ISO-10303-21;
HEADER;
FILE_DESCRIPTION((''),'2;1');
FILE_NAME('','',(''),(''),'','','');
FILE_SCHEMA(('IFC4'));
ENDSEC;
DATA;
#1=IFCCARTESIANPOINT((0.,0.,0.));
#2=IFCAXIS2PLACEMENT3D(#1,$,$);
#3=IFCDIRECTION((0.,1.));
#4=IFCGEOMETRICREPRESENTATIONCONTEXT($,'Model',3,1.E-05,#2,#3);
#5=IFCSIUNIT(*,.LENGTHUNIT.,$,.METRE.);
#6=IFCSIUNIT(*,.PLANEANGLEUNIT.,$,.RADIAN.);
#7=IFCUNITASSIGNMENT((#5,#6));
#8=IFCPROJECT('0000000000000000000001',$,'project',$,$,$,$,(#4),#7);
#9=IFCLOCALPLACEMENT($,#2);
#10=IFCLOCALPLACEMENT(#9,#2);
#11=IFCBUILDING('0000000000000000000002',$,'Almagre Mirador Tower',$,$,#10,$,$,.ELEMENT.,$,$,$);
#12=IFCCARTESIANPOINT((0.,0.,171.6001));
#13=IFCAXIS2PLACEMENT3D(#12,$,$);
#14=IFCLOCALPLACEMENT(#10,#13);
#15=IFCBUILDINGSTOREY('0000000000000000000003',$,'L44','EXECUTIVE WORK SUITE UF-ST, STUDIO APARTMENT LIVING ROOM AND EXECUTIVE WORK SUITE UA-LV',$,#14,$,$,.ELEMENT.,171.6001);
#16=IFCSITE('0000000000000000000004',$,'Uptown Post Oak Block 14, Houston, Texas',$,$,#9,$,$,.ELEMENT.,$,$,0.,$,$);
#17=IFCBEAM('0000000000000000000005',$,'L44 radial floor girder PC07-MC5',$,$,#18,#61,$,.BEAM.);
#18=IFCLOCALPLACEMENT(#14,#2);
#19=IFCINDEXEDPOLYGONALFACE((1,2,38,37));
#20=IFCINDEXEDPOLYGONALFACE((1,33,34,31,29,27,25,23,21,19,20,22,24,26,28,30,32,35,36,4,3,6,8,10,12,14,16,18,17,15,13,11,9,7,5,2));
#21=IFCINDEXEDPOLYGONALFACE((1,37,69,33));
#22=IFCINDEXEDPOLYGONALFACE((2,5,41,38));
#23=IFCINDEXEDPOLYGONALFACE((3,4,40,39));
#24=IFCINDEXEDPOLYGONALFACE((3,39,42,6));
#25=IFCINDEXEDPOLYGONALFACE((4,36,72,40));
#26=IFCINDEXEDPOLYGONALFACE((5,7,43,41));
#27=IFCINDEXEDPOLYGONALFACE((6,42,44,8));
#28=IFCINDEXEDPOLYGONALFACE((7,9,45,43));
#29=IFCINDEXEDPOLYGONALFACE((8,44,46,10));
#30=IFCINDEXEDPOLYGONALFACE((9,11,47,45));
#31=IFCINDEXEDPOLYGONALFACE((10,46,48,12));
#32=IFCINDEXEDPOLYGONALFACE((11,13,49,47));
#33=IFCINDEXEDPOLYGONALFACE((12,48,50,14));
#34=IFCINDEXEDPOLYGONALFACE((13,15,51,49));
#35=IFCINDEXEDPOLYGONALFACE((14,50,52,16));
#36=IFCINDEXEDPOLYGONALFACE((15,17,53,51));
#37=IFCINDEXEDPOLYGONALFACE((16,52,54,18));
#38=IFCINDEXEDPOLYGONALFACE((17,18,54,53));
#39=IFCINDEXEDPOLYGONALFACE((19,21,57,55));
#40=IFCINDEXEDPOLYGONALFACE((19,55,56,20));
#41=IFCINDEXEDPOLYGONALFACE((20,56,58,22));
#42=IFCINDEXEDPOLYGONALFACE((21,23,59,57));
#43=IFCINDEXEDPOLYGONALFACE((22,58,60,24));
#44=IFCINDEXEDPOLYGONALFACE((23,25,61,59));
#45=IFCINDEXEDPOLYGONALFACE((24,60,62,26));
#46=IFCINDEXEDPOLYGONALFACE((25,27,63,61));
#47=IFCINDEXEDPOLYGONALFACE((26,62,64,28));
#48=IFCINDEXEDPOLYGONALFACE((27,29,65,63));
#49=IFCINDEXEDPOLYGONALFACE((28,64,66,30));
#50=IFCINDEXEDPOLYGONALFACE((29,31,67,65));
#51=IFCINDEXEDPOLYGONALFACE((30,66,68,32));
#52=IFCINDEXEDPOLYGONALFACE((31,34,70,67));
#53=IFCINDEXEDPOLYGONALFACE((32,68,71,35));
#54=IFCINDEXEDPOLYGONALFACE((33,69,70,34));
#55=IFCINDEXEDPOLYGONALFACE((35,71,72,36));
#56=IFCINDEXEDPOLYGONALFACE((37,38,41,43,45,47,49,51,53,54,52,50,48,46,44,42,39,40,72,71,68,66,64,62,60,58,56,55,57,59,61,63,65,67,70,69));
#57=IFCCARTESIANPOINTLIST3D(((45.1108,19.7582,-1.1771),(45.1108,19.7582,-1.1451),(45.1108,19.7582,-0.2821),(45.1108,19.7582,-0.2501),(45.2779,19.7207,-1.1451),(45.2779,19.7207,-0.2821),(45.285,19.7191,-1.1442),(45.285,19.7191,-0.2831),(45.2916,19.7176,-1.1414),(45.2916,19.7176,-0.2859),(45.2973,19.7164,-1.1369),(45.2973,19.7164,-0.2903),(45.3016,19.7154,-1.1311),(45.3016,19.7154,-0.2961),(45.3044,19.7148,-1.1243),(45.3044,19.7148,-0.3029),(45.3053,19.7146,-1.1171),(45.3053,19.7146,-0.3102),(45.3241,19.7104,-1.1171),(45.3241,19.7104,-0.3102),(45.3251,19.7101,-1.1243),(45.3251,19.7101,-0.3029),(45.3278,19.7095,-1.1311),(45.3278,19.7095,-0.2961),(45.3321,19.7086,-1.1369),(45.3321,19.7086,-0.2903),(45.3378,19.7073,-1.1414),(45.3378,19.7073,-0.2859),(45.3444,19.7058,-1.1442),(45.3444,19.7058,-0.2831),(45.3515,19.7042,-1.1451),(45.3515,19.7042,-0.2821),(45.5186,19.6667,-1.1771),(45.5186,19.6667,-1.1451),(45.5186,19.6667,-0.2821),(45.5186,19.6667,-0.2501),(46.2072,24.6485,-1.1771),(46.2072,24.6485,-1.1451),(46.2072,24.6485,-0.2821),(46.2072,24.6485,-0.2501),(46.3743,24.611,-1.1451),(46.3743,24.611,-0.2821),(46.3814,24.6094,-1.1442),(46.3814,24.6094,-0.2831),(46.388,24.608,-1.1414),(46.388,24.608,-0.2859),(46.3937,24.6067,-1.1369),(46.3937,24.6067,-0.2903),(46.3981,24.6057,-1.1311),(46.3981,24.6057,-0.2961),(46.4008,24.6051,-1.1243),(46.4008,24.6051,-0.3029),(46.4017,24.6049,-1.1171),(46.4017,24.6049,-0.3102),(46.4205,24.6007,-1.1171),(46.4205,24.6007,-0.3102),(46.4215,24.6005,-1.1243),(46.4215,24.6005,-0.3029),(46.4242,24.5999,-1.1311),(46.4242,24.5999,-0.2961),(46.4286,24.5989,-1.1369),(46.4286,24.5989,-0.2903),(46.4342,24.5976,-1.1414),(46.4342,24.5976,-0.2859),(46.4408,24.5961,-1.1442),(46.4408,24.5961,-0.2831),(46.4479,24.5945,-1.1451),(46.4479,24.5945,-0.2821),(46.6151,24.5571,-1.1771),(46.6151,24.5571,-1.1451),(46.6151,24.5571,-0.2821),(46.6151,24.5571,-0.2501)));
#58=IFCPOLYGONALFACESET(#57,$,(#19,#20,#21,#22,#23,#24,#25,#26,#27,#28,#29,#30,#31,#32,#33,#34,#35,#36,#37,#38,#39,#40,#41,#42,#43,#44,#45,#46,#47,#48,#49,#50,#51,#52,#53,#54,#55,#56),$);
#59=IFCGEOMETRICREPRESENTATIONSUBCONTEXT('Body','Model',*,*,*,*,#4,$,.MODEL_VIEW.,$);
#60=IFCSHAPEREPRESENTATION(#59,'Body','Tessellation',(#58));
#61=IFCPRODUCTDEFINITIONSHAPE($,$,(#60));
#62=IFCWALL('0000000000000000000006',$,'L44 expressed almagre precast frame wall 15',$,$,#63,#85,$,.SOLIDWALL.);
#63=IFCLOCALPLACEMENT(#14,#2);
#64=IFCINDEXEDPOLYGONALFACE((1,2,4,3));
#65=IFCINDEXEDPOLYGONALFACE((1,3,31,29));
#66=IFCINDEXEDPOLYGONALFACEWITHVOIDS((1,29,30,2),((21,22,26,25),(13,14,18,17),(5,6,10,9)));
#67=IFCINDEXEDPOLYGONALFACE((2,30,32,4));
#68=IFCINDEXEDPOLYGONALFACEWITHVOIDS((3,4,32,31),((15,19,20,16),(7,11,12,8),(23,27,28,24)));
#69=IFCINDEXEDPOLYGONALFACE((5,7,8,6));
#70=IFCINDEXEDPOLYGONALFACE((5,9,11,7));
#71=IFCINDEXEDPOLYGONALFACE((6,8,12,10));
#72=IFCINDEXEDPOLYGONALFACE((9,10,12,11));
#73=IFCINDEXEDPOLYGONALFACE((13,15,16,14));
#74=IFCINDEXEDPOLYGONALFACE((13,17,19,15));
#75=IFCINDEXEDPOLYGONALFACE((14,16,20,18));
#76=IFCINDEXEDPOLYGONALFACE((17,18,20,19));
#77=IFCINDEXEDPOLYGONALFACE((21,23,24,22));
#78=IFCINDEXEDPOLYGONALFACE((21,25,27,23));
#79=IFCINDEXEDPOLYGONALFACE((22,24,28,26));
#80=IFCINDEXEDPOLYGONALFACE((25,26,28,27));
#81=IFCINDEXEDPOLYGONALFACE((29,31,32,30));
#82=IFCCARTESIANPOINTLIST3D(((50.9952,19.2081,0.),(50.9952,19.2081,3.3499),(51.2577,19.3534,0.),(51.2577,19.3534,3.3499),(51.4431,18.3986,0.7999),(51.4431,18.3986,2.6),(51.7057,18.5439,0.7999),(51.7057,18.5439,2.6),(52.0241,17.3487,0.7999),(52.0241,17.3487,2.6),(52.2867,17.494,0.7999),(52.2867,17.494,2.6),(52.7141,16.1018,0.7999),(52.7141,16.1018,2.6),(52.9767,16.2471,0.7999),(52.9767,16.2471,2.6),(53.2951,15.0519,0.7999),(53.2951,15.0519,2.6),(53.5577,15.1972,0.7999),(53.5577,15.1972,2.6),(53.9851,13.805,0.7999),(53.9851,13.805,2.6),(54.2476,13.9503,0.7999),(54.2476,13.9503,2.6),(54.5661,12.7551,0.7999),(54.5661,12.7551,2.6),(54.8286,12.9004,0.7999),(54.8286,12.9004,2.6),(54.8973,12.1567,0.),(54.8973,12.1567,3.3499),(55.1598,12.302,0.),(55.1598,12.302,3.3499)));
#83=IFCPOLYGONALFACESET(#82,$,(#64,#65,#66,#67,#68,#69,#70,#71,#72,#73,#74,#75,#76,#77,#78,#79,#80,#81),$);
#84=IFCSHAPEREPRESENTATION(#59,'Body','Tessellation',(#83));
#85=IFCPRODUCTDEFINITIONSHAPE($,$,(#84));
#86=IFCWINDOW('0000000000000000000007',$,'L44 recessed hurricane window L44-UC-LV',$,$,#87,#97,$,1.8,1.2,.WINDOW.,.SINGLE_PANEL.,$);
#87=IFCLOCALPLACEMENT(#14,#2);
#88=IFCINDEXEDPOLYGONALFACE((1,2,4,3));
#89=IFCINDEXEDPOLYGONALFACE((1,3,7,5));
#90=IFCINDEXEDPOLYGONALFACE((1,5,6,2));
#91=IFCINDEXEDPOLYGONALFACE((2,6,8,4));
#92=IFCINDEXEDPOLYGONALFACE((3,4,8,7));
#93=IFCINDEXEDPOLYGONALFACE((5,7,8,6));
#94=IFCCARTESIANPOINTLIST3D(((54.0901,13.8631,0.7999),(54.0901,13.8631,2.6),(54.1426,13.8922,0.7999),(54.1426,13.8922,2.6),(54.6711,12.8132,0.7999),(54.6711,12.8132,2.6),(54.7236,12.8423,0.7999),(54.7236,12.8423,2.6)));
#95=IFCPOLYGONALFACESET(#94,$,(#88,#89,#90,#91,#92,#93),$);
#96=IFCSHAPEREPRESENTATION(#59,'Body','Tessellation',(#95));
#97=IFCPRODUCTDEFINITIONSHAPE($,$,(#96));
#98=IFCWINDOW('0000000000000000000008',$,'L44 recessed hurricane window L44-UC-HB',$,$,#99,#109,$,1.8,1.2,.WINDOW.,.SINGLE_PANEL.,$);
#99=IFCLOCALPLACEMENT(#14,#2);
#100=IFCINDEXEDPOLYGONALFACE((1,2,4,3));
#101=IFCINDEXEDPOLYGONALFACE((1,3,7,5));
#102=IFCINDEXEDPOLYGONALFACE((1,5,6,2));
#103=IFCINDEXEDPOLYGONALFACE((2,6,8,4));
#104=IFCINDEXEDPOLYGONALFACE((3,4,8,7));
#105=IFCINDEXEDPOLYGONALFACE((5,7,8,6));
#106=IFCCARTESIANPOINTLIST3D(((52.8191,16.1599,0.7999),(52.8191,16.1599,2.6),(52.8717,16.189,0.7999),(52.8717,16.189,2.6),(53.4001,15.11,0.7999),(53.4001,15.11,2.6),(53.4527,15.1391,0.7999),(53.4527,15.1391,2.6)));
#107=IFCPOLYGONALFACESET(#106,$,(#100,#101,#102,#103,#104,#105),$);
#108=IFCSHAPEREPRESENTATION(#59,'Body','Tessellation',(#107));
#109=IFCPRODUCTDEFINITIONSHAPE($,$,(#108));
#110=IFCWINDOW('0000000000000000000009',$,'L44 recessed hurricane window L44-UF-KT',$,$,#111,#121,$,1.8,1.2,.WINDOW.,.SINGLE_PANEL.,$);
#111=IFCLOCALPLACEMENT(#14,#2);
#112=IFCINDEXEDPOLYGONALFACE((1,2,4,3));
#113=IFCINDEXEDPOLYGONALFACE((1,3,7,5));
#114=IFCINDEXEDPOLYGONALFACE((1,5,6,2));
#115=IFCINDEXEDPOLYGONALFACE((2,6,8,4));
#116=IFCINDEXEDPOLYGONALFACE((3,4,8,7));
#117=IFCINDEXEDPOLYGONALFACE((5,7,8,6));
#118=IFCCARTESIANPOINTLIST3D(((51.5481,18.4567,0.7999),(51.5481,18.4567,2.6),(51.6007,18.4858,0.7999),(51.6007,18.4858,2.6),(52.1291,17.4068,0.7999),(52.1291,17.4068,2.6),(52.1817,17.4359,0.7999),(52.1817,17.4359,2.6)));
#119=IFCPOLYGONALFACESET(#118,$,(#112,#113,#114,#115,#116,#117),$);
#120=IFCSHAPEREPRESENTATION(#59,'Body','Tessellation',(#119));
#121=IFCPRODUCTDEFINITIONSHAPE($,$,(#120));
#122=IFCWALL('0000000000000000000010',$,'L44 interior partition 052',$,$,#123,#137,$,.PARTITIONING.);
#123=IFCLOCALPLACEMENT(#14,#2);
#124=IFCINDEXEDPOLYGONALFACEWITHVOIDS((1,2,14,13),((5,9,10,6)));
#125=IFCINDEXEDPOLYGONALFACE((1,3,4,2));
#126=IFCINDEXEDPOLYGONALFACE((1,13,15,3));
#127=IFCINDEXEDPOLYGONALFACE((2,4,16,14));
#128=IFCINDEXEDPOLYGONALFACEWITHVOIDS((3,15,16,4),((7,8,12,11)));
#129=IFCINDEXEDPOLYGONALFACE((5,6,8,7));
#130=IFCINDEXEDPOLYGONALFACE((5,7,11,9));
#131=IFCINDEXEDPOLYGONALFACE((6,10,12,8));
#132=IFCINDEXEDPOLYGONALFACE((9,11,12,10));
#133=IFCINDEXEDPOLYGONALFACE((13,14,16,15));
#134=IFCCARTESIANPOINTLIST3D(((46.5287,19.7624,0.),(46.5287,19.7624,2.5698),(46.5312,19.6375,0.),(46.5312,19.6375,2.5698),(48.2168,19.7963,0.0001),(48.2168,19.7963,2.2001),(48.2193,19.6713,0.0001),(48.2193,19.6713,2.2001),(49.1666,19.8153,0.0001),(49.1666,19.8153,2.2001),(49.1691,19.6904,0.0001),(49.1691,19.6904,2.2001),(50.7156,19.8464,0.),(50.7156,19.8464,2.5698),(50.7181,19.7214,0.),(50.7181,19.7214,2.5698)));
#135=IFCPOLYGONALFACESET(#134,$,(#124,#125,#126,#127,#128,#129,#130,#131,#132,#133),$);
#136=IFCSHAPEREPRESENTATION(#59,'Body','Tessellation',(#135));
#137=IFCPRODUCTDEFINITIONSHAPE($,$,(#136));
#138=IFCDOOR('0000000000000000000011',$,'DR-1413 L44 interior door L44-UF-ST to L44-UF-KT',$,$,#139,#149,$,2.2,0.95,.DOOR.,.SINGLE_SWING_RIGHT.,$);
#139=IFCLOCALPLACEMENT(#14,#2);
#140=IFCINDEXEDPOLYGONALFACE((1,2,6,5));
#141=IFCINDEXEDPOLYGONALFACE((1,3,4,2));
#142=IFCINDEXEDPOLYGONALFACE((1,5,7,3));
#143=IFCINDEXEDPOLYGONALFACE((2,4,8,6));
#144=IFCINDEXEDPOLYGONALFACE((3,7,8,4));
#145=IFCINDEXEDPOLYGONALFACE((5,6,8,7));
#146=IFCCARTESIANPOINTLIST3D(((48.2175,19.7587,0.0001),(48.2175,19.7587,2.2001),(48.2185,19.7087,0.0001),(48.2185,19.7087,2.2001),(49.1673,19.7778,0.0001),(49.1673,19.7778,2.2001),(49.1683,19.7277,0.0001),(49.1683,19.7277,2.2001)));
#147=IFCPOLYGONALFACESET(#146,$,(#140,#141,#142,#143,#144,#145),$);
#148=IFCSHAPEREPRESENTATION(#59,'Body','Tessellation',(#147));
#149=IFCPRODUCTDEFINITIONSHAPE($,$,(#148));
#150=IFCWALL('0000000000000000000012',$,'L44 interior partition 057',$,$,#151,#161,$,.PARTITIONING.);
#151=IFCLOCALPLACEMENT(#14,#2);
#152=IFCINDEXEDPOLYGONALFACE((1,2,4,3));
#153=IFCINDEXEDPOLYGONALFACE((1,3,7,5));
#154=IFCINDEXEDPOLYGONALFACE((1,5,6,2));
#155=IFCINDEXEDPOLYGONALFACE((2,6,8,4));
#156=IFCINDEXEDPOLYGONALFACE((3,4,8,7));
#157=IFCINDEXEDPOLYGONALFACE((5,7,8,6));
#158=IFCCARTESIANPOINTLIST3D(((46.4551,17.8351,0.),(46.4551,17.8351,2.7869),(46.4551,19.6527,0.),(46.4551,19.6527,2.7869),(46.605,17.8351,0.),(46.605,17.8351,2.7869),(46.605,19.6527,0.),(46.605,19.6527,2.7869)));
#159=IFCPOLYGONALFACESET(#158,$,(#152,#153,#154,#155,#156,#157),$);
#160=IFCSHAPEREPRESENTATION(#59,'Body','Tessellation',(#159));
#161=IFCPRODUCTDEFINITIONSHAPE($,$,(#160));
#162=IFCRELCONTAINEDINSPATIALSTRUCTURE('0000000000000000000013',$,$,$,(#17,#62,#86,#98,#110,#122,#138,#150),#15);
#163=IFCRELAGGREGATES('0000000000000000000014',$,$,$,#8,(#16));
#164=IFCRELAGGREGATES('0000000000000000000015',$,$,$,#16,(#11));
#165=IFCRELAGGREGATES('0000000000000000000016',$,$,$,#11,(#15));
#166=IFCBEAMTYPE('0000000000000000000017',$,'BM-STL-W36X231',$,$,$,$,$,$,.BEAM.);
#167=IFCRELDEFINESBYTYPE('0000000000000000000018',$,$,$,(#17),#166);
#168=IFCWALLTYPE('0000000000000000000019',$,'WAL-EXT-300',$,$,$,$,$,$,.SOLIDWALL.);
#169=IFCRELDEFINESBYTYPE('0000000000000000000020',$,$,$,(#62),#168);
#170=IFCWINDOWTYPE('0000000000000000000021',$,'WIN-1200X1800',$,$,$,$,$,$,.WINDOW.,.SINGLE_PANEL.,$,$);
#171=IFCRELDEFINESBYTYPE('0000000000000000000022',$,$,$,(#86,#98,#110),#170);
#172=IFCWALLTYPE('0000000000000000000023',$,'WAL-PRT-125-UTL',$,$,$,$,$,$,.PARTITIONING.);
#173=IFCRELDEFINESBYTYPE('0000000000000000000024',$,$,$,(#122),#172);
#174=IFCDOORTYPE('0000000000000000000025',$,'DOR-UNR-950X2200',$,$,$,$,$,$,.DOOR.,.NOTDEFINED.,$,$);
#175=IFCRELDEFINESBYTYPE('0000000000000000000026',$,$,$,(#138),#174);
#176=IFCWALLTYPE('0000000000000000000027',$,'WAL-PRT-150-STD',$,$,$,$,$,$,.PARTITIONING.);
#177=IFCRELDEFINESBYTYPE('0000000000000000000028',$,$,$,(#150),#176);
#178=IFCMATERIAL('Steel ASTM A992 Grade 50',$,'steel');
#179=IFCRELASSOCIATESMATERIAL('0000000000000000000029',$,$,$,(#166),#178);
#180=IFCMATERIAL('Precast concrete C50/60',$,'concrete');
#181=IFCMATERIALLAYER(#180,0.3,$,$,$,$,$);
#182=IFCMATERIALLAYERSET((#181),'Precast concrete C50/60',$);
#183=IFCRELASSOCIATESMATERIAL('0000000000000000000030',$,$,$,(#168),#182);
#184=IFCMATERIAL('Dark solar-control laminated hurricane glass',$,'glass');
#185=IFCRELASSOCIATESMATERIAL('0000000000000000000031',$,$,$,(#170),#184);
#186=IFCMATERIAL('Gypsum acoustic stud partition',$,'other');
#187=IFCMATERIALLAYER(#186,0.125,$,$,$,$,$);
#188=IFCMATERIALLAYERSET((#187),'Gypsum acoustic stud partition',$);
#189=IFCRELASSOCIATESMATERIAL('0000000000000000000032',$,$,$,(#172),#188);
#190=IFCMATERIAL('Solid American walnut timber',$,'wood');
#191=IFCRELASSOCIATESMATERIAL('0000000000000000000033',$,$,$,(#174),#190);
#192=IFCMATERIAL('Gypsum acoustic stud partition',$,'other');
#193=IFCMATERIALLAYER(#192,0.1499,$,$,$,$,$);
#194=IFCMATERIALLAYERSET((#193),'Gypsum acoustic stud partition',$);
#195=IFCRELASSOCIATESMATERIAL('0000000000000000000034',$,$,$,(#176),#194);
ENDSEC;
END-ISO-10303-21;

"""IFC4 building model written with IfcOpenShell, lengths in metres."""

from ifc_helpers import new_model, si_unit, direction, frame, frame_2d, origin, origin_2d, place, context, subcontext, project, spatial, rectangle, i_section, extrude, material, layer, layer_set, material_profile, profile_set, type_object, element, fill, save


model = new_model("IFC4")

# Units and contexts
model_context = context("Model", 3, precision=1e-05, world=origin(), true_north=direction((0.0, 1.0)))
body_context = subcontext(model_context, "Body", "Model", "MODEL_VIEW")
ifc_project = project(units=[si_unit("LENGTHUNIT", "METRE"), si_unit("PLANEANGLEUNIT", "RADIAN")], contexts=[model_context])

# Site, building, storey
site_placement = place(None, origin())
site = spatial("IfcSite", under=ifc_project, at=site_placement, Name="Uptown Post Oak Block 14, Houston, Texas", CompositionType="ELEMENT", RefElevation=0.0)
building_placement = place(site_placement, origin())
building = spatial("IfcBuilding", under=site, at=building_placement, Name="Almagre Mirador Tower", CompositionType="ELEMENT")
storey_placement = place(building_placement, frame((0.0, 0.0, 171.6001)))
storey = spatial("IfcBuildingStorey", under=building, at=storey_placement, Name="L44", Description="EXECUTIVE WORK SUITE UF-ST, STUDIO APARTMENT LIVING ROOM AND EXECUTIVE WORK SUITE UA-LV", CompositionType="ELEMENT", Elevation=171.6001)

# Beam
ifc_material_1 = material(Name="Steel ASTM A992 Grade 50", Category="steel")
ifc_material_profile_1 = material_profile(ifc_material_1, i_section(OverallWidth=0.418, OverallDepth=0.927, WebThickness=0.0193, FlangeThickness=0.032, FilletRadius=0.0281, at=origin_2d()), Name="W36X231")
ifc_profile_set_1 = profile_set([ifc_material_profile_1], Name="Steel ASTM A992 Grade 50")
beam_type_1 = type_object("IfcBeamType", Name="BM-STL-W36X231", PredefinedType="BEAM", material=ifc_profile_set_1)
beam_1_placement = place(storey_placement, frame((46.4111, 24.6028, -0.7136), z_axis=(-0.218771, -0.975776, 0.0), x_axis=(0.975776, -0.218771, 0.0)))
element("IfcBeam", 1, at=beam_1_placement, inside=storey, type_object=beam_type_1, Name="L44 radial floor girder PC07-MC5", PredefinedType="BEAM", context=body_context, shape_type="SweptSolid", body=[
    extrude(i_section(OverallWidth=0.418, OverallDepth=0.927, WebThickness=0.0193, FlangeThickness=0.032, FilletRadius=0.0281, at=origin_2d()), origin(), (0.0, 0.0, 1.0), 5.0117),
])

# Wall, openings, windows
ifc_material_2 = material(Name="Precast concrete C50/60", Category="concrete")
ifc_layer_1 = layer(ifc_material_2, 0.3)
ifc_layer_set_1 = layer_set([ifc_layer_1], Name="Precast concrete C50/60")
wall_type_1 = type_object("IfcWallType", Name="WAL-EXT-300", PredefinedType="SOLIDWALL", material=ifc_layer_set_1)
wall_1_placement = place(storey_placement, frame((51.1265, 19.2808, 0.0), z_axis=(0.0, 0.0, 1.0), x_axis=(0.484181, -0.874968, 0.0)))
wall_1 = element("IfcWall", 2, at=wall_1_placement, inside=storey, type_object=wall_type_1, Name="L44 expressed almagre precast frame wall 15", PredefinedType="SOLIDWALL", context=body_context, shape_type="SweptSolid", body=[
    extrude(rectangle(XDim=8.0591, YDim=0.3, at=frame_2d((4.0295, 0.0))), origin(), (0.0, 0.0, 1.0), 3.3499),
])
opening_1_placement = place(wall_1_placement, frame((6.175, 0.0, 0.8)))
opening_1 = element("IfcOpeningElement", 3, at=opening_1_placement, cuts=wall_1, PredefinedType="OPENING", context=body_context, shape_type="SweptSolid", body=[
    extrude(rectangle(XDim=1.2, YDim=1.8, at=frame_2d((0.6001, 0.8999))), frame((0.0, 0.1599, 0.0), z_axis=(0.0, -1.0, 0.0), x_axis=(1.0, 0.0, 0.0)), (0.0, 0.0, 1.0), 0.32),
])
opening_2_placement = place(wall_1_placement, frame((3.55, 0.0, 0.8)))
opening_2 = element("IfcOpeningElement", 4, at=opening_2_placement, cuts=wall_1, PredefinedType="OPENING", context=body_context, shape_type="SweptSolid", body=[
    extrude(rectangle(XDim=1.2, YDim=1.8, at=frame_2d((0.6001, 0.8999))), frame((0.0, 0.1599, 0.0), z_axis=(0.0, -1.0, 0.0), x_axis=(1.0, 0.0, 0.0)), (0.0, 0.0, 1.0), 0.32),
])
opening_3_placement = place(wall_1_placement, frame((0.925, 0.0, 0.8)))
opening_3 = element("IfcOpeningElement", 5, at=opening_3_placement, cuts=wall_1, PredefinedType="OPENING", context=body_context, shape_type="SweptSolid", body=[
    extrude(rectangle(XDim=1.2, YDim=1.8, at=frame_2d((0.6001, 0.8999))), frame((0.0, 0.1599, 0.0), z_axis=(0.0, -1.0, 0.0), x_axis=(1.0, 0.0, 0.0)), (0.0, 0.0, 1.0), 0.32),
])
ifc_material_3 = material(Name="Dark solar-control laminated hurricane glass", Category="glass")
window_type = type_object("IfcWindowType", Name="WIN-1200X1800", PartitioningType="SINGLE_PANEL", PredefinedType="WINDOW", material=ifc_material_3)
window_1_placement = place(opening_1_placement, origin())
window_1 = element("IfcWindow", 6, at=window_1_placement, inside=storey, type_object=window_type, Name="L44 recessed hurricane window L44-UC-LV", OverallHeight=1.8, OverallWidth=1.2, PartitioningType="SINGLE_PANEL", PredefinedType="WINDOW", context=body_context, shape_type="SweptSolid", body=[
    extrude(rectangle(XDim=1.2, YDim=1.8, at=frame_2d((0.6001, 0.8999))), frame((0.0, 0.03, 0.0), z_axis=(0.0, -1.0, 0.0), x_axis=(1.0, 0.0, 0.0)), (0.0, 0.0, 1.0), 0.0601),
])
fill(opening_1, window_1)
window_2_placement = place(opening_2_placement, origin())
window_2 = element("IfcWindow", 7, at=window_2_placement, inside=storey, type_object=window_type, Name="L44 recessed hurricane window L44-UC-HB", OverallHeight=1.8, OverallWidth=1.2, PartitioningType="SINGLE_PANEL", PredefinedType="WINDOW", context=body_context, shape_type="SweptSolid", body=[
    extrude(rectangle(XDim=1.2, YDim=1.8, at=frame_2d((0.6001, 0.8999))), frame((0.0, 0.03, 0.0), z_axis=(0.0, -1.0, 0.0), x_axis=(1.0, 0.0, 0.0)), (0.0, 0.0, 1.0), 0.0601),
])
fill(opening_2, window_2)
window_3_placement = place(opening_3_placement, origin())
window_3 = element("IfcWindow", 8, at=window_3_placement, inside=storey, type_object=window_type, Name="L44 recessed hurricane window L44-UF-KT", OverallHeight=1.8, OverallWidth=1.2, PartitioningType="SINGLE_PANEL", PredefinedType="WINDOW", context=body_context, shape_type="SweptSolid", body=[
    extrude(rectangle(XDim=1.2, YDim=1.8, at=frame_2d((0.6001, 0.8999))), frame((0.0, 0.03, 0.0), z_axis=(0.0, -1.0, 0.0), x_axis=(1.0, 0.0, 0.0)), (0.0, 0.0, 1.0), 0.0601),
])
fill(opening_3, window_3)

# Wall, opening, door
ifc_material_4 = material(Name="Gypsum acoustic stud partition", Category="other")
ifc_layer_2 = layer(ifc_material_4, 0.125)
ifc_layer_set_2 = layer_set([ifc_layer_2], Name="Gypsum acoustic stud partition")
wall_type_2 = type_object("IfcWallType", Name="WAL-PRT-125-UTL", PredefinedType="PARTITIONING", material=ifc_layer_set_2)
wall_2_placement = place(storey_placement, frame((46.53, 19.7, 0.0), z_axis=(0.0, 0.0, 1.0), x_axis=(0.999799, 0.020054, 0.0)))
wall_2 = element("IfcWall", 9, at=wall_2_placement, inside=storey, type_object=wall_type_2, Name="L44 interior partition 052", PredefinedType="PARTITIONING", context=body_context, shape_type="SweptSolid", body=[
    extrude(rectangle(XDim=4.1877, YDim=0.125, at=frame_2d((2.0938, 0.0))), origin(), (0.0, 0.0, 1.0), 2.5698),
])
opening_4_placement = place(wall_2_placement, frame((1.6882, 0.0, 0.0)))
opening_4 = element("IfcOpeningElement", 10, at=opening_4_placement, cuts=wall_2, PredefinedType="OPENING", context=body_context, shape_type="SweptSolid", body=[
    extrude(rectangle(XDim=0.95, YDim=2.2, at=frame_2d((0.4751, 1.1001))), frame((0.0, 0.0725, 0.0), z_axis=(0.0, -1.0, 0.0), x_axis=(1.0, 0.0, 0.0)), (0.0, 0.0, 1.0), 0.145),
])
ifc_material_5 = material(Name="Solid American walnut timber", Category="wood")
door_type = type_object("IfcDoorType", Name="DOR-UNR-950X2200", OperationType="NOTDEFINED", PredefinedType="DOOR", material=ifc_material_5)
door_placement = place(opening_4_placement, origin())
door = element("IfcDoor", 11, at=door_placement, inside=storey, type_object=door_type, Name="DR-1413 L44 interior door L44-UF-ST to L44-UF-KT", OperationType="SINGLE_SWING_RIGHT", OverallHeight=2.2, OverallWidth=0.95, PredefinedType="DOOR", context=body_context, shape_type="SweptSolid", body=[
    extrude(rectangle(XDim=0.95, YDim=2.2, at=frame_2d((0.4751, 1.1001))), frame((0.0, 0.0249, 0.0), z_axis=(0.0, -1.0, 0.0), x_axis=(1.0, 0.0, 0.0)), (0.0, 0.0, 1.0), 0.05),
])
fill(opening_4, door)

# Wall
ifc_material_6 = material(Name="Gypsum acoustic stud partition", Category="other")
ifc_layer_3 = layer(ifc_material_6, 0.1499)
ifc_layer_set_3 = layer_set([ifc_layer_3], Name="Gypsum acoustic stud partition")
wall_type_3 = type_object("IfcWallType", Name="WAL-PRT-150-STD", PredefinedType="PARTITIONING", material=ifc_layer_set_3)
wall_3_placement = place(storey_placement, frame((46.53, 19.6526, 0.0), z_axis=(0.0, 0.0, 1.0), x_axis=(0.0, -1.0, 0.0)))
element("IfcWall", 12, at=wall_3_placement, inside=storey, type_object=wall_type_3, Name="L44 interior partition 057", PredefinedType="PARTITIONING", context=body_context, shape_type="SweptSolid", body=[
    extrude(rectangle(XDim=1.8176, YDim=0.1499, at=frame_2d((0.9087, 0.0))), origin(), (0.0, 0.0, 1.0), 2.7869),
])

save(model, "model.ifc")
